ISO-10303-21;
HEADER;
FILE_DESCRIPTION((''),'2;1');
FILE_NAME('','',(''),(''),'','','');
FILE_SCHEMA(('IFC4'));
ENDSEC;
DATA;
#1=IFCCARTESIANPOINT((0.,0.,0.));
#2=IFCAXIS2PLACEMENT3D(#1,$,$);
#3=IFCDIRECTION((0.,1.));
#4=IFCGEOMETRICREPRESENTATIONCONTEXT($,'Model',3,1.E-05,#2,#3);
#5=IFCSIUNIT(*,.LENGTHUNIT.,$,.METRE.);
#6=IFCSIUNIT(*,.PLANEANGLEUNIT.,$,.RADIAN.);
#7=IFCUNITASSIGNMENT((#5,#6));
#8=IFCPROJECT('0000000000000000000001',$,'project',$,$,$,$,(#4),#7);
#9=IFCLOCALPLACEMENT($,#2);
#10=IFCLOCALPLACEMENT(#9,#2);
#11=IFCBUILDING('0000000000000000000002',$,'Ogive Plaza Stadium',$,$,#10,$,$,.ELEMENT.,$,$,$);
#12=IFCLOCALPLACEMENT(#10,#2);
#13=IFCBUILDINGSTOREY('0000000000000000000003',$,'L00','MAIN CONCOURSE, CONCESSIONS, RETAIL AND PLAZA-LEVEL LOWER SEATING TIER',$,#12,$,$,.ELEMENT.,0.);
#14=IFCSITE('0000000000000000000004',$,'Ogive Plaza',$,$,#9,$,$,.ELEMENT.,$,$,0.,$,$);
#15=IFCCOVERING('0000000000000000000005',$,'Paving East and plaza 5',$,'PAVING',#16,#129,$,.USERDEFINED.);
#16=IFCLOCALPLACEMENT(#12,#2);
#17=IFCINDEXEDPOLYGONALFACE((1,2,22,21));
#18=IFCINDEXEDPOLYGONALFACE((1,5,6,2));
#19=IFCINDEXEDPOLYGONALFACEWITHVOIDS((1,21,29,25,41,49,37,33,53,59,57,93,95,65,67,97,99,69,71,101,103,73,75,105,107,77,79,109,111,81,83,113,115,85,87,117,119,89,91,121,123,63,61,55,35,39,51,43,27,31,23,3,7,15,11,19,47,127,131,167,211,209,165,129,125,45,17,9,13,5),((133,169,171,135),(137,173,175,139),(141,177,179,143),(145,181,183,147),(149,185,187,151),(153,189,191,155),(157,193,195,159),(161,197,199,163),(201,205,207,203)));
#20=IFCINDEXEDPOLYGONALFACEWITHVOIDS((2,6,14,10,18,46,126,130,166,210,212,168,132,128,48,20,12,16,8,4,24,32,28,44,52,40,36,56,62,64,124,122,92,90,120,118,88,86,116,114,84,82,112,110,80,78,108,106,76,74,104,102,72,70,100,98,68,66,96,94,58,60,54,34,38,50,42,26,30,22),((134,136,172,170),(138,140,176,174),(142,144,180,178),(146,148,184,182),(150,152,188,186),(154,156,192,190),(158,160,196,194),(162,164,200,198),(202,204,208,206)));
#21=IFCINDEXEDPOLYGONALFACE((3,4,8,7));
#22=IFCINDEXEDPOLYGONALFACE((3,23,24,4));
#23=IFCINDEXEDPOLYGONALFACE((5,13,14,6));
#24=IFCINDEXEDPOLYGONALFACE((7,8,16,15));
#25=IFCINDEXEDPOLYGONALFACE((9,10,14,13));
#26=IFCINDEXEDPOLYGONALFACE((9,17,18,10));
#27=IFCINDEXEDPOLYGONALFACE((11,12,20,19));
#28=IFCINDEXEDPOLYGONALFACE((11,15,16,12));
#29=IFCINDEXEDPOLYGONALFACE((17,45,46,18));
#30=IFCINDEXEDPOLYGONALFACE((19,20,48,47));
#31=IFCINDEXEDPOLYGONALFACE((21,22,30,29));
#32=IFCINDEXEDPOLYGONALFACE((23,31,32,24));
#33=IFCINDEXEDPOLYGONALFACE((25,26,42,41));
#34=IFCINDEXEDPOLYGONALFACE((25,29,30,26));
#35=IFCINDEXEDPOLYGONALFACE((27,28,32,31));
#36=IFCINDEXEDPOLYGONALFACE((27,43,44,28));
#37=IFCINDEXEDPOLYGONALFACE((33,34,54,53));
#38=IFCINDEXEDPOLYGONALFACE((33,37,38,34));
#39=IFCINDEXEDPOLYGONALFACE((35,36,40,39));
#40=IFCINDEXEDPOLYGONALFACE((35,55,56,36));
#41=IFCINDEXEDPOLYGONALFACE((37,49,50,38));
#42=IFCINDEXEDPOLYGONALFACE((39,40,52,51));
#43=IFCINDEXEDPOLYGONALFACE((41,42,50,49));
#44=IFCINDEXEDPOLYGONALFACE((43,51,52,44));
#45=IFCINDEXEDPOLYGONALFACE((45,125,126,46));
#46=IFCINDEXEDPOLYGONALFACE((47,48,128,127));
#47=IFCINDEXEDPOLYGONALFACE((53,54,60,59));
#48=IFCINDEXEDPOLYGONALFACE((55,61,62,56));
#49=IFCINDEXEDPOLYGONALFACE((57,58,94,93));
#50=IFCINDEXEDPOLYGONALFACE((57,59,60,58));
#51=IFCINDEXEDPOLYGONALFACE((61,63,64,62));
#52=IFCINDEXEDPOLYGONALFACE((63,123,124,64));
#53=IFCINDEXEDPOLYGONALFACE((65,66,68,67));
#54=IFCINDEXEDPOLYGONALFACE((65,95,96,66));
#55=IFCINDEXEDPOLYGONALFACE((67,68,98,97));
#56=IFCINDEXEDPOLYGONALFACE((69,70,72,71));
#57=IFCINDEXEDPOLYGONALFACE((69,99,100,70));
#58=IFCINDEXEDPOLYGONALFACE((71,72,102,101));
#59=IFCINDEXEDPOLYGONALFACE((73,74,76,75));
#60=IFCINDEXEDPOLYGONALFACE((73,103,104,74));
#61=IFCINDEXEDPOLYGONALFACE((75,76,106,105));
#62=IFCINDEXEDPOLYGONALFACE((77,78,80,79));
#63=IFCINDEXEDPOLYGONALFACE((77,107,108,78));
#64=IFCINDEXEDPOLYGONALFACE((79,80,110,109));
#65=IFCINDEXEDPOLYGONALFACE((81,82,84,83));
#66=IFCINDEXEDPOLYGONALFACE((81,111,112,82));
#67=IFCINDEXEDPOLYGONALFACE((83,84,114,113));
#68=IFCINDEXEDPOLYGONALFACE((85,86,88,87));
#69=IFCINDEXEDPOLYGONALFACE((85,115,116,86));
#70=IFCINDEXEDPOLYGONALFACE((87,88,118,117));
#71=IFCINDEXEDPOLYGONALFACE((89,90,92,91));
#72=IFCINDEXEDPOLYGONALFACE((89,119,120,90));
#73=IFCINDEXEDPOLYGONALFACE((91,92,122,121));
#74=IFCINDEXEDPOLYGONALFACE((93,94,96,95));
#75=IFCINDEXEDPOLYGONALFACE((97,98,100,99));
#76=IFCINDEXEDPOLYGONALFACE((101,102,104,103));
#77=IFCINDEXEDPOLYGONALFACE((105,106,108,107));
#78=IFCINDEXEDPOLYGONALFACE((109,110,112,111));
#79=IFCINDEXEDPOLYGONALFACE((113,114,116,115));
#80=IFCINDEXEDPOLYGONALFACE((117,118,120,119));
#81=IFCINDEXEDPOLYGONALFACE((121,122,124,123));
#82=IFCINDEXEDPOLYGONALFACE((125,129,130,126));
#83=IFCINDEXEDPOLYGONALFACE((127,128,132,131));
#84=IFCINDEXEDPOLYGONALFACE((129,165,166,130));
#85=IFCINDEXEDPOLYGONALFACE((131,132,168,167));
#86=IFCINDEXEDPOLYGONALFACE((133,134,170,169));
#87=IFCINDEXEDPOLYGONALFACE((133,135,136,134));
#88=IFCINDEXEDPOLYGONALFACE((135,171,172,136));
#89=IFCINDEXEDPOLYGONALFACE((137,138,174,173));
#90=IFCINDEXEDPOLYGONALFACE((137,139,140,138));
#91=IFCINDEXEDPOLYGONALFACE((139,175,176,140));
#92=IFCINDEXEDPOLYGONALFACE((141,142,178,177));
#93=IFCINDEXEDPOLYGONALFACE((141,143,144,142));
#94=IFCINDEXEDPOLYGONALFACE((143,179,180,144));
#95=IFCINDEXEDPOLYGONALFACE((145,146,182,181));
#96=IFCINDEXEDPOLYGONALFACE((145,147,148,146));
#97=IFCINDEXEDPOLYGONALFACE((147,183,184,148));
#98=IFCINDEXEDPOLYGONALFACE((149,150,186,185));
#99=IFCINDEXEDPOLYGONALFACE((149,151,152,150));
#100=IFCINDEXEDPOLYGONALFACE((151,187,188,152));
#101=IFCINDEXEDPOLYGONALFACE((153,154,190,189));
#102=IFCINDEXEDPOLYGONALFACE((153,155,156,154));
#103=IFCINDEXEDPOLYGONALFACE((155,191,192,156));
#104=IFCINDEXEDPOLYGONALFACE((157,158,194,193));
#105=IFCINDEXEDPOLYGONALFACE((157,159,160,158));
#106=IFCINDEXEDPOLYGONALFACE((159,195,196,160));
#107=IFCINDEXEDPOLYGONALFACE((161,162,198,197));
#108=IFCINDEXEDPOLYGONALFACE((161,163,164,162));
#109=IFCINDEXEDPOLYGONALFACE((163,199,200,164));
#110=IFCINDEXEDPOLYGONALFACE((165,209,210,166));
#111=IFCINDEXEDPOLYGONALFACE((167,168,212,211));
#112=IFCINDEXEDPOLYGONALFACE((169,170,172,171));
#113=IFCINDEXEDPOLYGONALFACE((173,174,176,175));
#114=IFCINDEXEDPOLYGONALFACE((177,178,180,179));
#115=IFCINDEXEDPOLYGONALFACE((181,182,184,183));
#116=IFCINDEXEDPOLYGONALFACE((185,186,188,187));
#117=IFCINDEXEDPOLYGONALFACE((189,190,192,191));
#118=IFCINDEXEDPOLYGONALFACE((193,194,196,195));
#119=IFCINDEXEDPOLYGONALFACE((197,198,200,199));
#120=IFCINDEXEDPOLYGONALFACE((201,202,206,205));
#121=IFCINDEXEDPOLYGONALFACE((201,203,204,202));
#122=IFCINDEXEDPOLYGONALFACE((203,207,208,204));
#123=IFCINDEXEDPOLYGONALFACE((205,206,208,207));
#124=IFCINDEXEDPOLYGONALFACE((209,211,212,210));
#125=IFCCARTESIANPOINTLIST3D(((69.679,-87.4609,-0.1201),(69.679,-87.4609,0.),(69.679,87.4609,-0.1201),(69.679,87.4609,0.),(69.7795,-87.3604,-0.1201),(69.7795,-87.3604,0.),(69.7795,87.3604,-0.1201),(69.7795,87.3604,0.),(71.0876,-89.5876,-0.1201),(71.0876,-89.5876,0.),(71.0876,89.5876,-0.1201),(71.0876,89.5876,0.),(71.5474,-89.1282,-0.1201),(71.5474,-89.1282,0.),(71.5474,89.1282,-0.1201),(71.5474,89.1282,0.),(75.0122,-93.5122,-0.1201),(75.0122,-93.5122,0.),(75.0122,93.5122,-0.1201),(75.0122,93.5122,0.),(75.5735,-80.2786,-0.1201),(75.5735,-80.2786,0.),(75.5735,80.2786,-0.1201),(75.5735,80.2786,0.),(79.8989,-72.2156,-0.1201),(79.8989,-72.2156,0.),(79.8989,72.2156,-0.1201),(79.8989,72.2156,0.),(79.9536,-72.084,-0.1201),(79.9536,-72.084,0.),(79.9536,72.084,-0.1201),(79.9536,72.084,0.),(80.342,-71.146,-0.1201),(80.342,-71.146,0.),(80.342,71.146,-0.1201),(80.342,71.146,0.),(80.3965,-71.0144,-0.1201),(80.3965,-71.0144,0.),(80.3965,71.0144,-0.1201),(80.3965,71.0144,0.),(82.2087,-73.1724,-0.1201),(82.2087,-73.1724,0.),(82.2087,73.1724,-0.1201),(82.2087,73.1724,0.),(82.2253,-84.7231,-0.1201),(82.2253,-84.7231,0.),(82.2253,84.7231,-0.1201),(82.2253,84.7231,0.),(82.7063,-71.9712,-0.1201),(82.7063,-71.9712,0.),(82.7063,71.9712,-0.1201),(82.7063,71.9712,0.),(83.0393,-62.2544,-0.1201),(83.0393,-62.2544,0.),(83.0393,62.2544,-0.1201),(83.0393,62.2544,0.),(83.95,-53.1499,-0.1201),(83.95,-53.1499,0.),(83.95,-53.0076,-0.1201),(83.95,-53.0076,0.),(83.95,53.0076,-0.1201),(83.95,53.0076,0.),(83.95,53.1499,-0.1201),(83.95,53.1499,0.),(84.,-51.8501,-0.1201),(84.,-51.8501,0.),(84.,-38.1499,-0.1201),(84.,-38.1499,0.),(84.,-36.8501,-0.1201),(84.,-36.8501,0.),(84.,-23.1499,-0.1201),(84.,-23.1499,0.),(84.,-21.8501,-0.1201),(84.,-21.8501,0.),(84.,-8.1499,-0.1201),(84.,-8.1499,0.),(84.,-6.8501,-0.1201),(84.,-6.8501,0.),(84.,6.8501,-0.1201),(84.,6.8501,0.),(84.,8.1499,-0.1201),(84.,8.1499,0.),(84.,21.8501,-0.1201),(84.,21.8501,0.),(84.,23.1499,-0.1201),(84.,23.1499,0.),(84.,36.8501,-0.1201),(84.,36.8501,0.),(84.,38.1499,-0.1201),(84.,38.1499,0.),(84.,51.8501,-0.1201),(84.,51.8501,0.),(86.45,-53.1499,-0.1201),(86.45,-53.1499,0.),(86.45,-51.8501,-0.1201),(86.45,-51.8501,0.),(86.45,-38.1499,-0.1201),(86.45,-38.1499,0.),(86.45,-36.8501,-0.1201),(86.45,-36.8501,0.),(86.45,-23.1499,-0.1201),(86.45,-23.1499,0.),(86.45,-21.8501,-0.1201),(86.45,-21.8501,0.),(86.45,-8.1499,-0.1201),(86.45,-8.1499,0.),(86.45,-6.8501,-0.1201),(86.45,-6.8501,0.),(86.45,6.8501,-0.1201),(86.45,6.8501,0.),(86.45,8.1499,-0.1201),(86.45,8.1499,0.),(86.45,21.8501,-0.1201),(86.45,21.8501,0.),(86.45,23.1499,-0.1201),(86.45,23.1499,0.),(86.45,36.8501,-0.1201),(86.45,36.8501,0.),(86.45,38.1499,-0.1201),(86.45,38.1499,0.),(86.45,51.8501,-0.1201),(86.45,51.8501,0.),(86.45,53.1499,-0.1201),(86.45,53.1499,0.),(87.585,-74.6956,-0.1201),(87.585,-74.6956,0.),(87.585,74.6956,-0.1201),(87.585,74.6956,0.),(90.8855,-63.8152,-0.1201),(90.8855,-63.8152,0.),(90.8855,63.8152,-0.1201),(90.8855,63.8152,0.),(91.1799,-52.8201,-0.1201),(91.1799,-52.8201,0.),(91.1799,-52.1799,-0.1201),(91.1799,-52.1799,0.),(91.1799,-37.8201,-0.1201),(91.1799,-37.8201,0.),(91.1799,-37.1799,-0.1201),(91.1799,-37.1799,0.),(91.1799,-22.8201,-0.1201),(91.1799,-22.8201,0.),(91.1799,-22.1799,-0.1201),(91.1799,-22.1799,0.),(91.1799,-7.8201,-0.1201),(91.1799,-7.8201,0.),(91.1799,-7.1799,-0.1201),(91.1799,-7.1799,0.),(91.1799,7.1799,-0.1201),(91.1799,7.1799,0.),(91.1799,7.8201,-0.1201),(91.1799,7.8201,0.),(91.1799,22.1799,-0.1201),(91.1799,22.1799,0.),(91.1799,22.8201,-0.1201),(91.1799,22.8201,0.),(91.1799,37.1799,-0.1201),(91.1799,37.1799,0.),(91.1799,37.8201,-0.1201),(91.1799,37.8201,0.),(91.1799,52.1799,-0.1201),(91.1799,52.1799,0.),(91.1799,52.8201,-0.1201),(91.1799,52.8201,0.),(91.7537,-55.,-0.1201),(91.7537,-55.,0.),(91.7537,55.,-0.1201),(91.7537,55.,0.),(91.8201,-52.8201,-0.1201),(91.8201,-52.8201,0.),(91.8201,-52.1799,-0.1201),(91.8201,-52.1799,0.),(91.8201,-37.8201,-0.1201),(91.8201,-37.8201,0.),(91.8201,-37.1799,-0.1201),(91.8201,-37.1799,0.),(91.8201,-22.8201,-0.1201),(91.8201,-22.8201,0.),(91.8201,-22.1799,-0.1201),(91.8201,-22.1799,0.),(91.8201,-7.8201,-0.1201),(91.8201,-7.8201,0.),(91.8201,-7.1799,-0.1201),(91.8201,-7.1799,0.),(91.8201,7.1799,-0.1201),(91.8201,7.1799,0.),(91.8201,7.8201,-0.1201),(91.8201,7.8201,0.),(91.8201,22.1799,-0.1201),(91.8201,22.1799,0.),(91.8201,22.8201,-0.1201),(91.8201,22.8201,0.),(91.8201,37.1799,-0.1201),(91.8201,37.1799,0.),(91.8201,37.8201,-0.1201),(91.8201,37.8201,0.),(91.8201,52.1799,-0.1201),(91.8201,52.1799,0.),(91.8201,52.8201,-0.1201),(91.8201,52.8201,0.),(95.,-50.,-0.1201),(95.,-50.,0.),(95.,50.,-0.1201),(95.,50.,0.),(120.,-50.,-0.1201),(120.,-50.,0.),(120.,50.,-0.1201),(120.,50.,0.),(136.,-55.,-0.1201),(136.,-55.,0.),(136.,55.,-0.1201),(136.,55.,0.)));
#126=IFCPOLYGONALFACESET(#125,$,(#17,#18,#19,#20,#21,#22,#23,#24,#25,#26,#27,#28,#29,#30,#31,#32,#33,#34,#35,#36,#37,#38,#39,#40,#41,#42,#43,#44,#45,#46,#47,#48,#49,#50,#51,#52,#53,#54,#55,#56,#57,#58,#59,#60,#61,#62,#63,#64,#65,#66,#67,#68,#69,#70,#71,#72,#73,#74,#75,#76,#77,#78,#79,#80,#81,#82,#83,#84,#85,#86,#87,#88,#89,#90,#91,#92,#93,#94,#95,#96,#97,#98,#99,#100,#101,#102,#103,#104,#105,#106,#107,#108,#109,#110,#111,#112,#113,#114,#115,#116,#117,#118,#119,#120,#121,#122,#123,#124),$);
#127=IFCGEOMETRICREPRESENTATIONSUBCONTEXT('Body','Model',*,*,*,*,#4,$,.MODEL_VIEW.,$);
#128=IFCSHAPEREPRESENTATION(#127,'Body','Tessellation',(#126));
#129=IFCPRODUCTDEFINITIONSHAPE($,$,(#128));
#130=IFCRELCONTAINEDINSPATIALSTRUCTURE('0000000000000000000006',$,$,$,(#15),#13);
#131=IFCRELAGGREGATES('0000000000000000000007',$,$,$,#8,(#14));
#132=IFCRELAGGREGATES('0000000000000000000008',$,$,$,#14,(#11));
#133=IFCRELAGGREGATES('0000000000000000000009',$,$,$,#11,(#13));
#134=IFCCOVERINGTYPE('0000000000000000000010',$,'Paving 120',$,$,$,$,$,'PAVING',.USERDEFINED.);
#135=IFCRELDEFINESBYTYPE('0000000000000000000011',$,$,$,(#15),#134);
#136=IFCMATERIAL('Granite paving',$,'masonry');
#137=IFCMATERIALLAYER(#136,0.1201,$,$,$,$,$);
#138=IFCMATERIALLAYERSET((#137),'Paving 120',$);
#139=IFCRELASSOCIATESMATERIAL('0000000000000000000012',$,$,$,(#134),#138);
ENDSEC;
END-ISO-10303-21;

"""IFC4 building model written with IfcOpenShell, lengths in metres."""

from ifc_helpers import new_model, si_unit, direction, frame, origin, place, context, subcontext, project, spatial, polyline, outline, extrude, material, layer, layer_set, type_object, element, save


model = new_model("IFC4")

# Units and contexts
model_context = context("Model", 3, precision=1e-05, world=origin(), true_north=direction((0.0, 1.0)))
body_context = subcontext(model_context, "Body", "Model", "MODEL_VIEW")
ifc_project = project(units=[si_unit("LENGTHUNIT", "METRE"), si_unit("PLANEANGLEUNIT", "RADIAN")], contexts=[model_context])

# Site, building, storey
site_placement = place(None, origin())
site = spatial("IfcSite", under=ifc_project, at=site_placement, Name="Ogive Plaza", CompositionType="ELEMENT", RefElevation=0.0)
building_placement = place(site_placement, origin())
building = spatial("IfcBuilding", under=site, at=building_placement, Name="Ogive Plaza Stadium", CompositionType="ELEMENT")
storey_placement = place(building_placement, origin())
storey = spatial("IfcBuildingStorey", under=building, at=storey_placement, Name="L00", Description="MAIN CONCOURSE, CONCESSIONS, RETAIL AND PLAZA-LEVEL LOWER SEATING TIER", CompositionType="ELEMENT", Elevation=0.0)

# Covering
ifc_material_1 = material(Name="Granite paving", Category="masonry")
ifc_layer_1 = layer(ifc_material_1, 0.1201)
ifc_layer_set_1 = layer_set([ifc_layer_1], Name="Paving 120")
covering_type = type_object("IfcCoveringType", Name="Paving 120", ElementType="PAVING", PredefinedType="USERDEFINED", material=ifc_layer_set_1)
covering_1_placement = place(storey_placement, frame((0.0, 0.0, -0.1201)))
element("IfcCovering", 1, at=covering_1_placement, inside=storey, type_object=covering_type, Name="Paving East and plaza 5", ObjectType="PAVING", PredefinedType="USERDEFINED", context=body_context, shape_type="SweptSolid", body=[
    extrude(outline(polyline([(69.7795, -87.3604), (69.679, -87.4609), (75.5735, -80.2786), (79.9536, -72.084), (79.8989, -72.2156), (82.2087, -73.1724), (82.7063, -71.9712), (80.3965, -71.0144), (80.342, -71.146), (83.0393, -62.2544), (83.95, -53.0076), (83.95, -53.1499), (86.45, -53.1499), (86.45, -51.8501), (84.0, -51.8501), (84.0, -38.1499), (86.45, -38.1499), (86.45, -36.8501), (84.0, -36.8501), (84.0, -23.1499), (86.45, -23.1499), (86.45, -21.8501), (84.0, -21.8501), (84.0, -8.1499), (86.45, -8.1499), (86.45, -6.8501), (84.0, -6.8501), (84.0, 6.8501), (86.45, 6.8501), (86.45, 8.1499), (84.0, 8.1499), (84.0, 21.8501), (86.45, 21.8501), (86.45, 23.1499), (84.0, 23.1499), (84.0, 36.8501), (86.45, 36.8501), (86.45, 38.1499), (84.0, 38.1499), (84.0, 51.8501), (86.45, 51.8501), (86.45, 53.1499), (83.95, 53.1499), (83.95, 53.0076), (83.0393, 62.2544), (80.342, 71.146), (80.3965, 71.0144), (82.7063, 71.9712), (82.2087, 73.1724), (79.8989, 72.2156), (79.9536, 72.084), (75.5735, 80.2786), (69.679, 87.4609), (69.7795, 87.3604), (71.5474, 89.1282), (71.0876, 89.5876), (75.0122, 93.5122), (75.0122, 93.5122), (82.2253, 84.7231), (87.585, 74.6956), (90.8855, 63.8152), (91.7537, 55.0), (136.0, 55.0), (136.0, -55.0), (91.7537, -55.0), (90.8855, -63.8152), (87.585, -74.6956), (82.2253, -84.7231), (75.0122, -93.5122), (75.0122, -93.5122), (71.0876, -89.5876), (71.5474, -89.1282), (69.7795, -87.3604)]), holes=[polyline([(91.1799, -52.1799), (91.1799, -52.8201), (91.8201, -52.8201), (91.8201, -52.1799), (91.1799, -52.1799)]), polyline([(91.1799, -37.1799), (91.1799, -37.8201), (91.8201, -37.8201), (91.8201, -37.1799), (91.1799, -37.1799)]), polyline([(91.1799, -22.8201), (91.8201, -22.8201), (91.8201, -22.1799), (91.1799, -22.1799), (91.1799, -22.8201)]), polyline([(91.1799, -7.1799), (91.1799, -7.8201), (91.8201, -7.8201), (91.8201, -7.1799), (91.1799, -7.1799)]), polyline([(95.0, 50.0), (95.0, -50.0), (120.0, -50.0), (120.0, 50.0), (95.0, 50.0)]), polyline([(91.1799, 7.1799), (91.8201, 7.1799), (91.8201, 7.8201), (91.1799, 7.8201), (91.1799, 7.1799)]), polyline([(91.1799, 22.8201), (91.1799, 22.1799), (91.8201, 22.1799), (91.8201, 22.8201), (91.1799, 22.8201)]), polyline([(91.1799, 37.8201), (91.1799, 37.1799), (91.8201, 37.1799), (91.8201, 37.8201), (91.1799, 37.8201)]), polyline([(91.1799, 52.8201), (91.1799, 52.1799), (91.8201, 52.1799), (91.8201, 52.8201), (91.1799, 52.8201)])]), origin(), (0.0, 0.0, 1.0), 0.1201),
])

save(model, "model.ifc")
